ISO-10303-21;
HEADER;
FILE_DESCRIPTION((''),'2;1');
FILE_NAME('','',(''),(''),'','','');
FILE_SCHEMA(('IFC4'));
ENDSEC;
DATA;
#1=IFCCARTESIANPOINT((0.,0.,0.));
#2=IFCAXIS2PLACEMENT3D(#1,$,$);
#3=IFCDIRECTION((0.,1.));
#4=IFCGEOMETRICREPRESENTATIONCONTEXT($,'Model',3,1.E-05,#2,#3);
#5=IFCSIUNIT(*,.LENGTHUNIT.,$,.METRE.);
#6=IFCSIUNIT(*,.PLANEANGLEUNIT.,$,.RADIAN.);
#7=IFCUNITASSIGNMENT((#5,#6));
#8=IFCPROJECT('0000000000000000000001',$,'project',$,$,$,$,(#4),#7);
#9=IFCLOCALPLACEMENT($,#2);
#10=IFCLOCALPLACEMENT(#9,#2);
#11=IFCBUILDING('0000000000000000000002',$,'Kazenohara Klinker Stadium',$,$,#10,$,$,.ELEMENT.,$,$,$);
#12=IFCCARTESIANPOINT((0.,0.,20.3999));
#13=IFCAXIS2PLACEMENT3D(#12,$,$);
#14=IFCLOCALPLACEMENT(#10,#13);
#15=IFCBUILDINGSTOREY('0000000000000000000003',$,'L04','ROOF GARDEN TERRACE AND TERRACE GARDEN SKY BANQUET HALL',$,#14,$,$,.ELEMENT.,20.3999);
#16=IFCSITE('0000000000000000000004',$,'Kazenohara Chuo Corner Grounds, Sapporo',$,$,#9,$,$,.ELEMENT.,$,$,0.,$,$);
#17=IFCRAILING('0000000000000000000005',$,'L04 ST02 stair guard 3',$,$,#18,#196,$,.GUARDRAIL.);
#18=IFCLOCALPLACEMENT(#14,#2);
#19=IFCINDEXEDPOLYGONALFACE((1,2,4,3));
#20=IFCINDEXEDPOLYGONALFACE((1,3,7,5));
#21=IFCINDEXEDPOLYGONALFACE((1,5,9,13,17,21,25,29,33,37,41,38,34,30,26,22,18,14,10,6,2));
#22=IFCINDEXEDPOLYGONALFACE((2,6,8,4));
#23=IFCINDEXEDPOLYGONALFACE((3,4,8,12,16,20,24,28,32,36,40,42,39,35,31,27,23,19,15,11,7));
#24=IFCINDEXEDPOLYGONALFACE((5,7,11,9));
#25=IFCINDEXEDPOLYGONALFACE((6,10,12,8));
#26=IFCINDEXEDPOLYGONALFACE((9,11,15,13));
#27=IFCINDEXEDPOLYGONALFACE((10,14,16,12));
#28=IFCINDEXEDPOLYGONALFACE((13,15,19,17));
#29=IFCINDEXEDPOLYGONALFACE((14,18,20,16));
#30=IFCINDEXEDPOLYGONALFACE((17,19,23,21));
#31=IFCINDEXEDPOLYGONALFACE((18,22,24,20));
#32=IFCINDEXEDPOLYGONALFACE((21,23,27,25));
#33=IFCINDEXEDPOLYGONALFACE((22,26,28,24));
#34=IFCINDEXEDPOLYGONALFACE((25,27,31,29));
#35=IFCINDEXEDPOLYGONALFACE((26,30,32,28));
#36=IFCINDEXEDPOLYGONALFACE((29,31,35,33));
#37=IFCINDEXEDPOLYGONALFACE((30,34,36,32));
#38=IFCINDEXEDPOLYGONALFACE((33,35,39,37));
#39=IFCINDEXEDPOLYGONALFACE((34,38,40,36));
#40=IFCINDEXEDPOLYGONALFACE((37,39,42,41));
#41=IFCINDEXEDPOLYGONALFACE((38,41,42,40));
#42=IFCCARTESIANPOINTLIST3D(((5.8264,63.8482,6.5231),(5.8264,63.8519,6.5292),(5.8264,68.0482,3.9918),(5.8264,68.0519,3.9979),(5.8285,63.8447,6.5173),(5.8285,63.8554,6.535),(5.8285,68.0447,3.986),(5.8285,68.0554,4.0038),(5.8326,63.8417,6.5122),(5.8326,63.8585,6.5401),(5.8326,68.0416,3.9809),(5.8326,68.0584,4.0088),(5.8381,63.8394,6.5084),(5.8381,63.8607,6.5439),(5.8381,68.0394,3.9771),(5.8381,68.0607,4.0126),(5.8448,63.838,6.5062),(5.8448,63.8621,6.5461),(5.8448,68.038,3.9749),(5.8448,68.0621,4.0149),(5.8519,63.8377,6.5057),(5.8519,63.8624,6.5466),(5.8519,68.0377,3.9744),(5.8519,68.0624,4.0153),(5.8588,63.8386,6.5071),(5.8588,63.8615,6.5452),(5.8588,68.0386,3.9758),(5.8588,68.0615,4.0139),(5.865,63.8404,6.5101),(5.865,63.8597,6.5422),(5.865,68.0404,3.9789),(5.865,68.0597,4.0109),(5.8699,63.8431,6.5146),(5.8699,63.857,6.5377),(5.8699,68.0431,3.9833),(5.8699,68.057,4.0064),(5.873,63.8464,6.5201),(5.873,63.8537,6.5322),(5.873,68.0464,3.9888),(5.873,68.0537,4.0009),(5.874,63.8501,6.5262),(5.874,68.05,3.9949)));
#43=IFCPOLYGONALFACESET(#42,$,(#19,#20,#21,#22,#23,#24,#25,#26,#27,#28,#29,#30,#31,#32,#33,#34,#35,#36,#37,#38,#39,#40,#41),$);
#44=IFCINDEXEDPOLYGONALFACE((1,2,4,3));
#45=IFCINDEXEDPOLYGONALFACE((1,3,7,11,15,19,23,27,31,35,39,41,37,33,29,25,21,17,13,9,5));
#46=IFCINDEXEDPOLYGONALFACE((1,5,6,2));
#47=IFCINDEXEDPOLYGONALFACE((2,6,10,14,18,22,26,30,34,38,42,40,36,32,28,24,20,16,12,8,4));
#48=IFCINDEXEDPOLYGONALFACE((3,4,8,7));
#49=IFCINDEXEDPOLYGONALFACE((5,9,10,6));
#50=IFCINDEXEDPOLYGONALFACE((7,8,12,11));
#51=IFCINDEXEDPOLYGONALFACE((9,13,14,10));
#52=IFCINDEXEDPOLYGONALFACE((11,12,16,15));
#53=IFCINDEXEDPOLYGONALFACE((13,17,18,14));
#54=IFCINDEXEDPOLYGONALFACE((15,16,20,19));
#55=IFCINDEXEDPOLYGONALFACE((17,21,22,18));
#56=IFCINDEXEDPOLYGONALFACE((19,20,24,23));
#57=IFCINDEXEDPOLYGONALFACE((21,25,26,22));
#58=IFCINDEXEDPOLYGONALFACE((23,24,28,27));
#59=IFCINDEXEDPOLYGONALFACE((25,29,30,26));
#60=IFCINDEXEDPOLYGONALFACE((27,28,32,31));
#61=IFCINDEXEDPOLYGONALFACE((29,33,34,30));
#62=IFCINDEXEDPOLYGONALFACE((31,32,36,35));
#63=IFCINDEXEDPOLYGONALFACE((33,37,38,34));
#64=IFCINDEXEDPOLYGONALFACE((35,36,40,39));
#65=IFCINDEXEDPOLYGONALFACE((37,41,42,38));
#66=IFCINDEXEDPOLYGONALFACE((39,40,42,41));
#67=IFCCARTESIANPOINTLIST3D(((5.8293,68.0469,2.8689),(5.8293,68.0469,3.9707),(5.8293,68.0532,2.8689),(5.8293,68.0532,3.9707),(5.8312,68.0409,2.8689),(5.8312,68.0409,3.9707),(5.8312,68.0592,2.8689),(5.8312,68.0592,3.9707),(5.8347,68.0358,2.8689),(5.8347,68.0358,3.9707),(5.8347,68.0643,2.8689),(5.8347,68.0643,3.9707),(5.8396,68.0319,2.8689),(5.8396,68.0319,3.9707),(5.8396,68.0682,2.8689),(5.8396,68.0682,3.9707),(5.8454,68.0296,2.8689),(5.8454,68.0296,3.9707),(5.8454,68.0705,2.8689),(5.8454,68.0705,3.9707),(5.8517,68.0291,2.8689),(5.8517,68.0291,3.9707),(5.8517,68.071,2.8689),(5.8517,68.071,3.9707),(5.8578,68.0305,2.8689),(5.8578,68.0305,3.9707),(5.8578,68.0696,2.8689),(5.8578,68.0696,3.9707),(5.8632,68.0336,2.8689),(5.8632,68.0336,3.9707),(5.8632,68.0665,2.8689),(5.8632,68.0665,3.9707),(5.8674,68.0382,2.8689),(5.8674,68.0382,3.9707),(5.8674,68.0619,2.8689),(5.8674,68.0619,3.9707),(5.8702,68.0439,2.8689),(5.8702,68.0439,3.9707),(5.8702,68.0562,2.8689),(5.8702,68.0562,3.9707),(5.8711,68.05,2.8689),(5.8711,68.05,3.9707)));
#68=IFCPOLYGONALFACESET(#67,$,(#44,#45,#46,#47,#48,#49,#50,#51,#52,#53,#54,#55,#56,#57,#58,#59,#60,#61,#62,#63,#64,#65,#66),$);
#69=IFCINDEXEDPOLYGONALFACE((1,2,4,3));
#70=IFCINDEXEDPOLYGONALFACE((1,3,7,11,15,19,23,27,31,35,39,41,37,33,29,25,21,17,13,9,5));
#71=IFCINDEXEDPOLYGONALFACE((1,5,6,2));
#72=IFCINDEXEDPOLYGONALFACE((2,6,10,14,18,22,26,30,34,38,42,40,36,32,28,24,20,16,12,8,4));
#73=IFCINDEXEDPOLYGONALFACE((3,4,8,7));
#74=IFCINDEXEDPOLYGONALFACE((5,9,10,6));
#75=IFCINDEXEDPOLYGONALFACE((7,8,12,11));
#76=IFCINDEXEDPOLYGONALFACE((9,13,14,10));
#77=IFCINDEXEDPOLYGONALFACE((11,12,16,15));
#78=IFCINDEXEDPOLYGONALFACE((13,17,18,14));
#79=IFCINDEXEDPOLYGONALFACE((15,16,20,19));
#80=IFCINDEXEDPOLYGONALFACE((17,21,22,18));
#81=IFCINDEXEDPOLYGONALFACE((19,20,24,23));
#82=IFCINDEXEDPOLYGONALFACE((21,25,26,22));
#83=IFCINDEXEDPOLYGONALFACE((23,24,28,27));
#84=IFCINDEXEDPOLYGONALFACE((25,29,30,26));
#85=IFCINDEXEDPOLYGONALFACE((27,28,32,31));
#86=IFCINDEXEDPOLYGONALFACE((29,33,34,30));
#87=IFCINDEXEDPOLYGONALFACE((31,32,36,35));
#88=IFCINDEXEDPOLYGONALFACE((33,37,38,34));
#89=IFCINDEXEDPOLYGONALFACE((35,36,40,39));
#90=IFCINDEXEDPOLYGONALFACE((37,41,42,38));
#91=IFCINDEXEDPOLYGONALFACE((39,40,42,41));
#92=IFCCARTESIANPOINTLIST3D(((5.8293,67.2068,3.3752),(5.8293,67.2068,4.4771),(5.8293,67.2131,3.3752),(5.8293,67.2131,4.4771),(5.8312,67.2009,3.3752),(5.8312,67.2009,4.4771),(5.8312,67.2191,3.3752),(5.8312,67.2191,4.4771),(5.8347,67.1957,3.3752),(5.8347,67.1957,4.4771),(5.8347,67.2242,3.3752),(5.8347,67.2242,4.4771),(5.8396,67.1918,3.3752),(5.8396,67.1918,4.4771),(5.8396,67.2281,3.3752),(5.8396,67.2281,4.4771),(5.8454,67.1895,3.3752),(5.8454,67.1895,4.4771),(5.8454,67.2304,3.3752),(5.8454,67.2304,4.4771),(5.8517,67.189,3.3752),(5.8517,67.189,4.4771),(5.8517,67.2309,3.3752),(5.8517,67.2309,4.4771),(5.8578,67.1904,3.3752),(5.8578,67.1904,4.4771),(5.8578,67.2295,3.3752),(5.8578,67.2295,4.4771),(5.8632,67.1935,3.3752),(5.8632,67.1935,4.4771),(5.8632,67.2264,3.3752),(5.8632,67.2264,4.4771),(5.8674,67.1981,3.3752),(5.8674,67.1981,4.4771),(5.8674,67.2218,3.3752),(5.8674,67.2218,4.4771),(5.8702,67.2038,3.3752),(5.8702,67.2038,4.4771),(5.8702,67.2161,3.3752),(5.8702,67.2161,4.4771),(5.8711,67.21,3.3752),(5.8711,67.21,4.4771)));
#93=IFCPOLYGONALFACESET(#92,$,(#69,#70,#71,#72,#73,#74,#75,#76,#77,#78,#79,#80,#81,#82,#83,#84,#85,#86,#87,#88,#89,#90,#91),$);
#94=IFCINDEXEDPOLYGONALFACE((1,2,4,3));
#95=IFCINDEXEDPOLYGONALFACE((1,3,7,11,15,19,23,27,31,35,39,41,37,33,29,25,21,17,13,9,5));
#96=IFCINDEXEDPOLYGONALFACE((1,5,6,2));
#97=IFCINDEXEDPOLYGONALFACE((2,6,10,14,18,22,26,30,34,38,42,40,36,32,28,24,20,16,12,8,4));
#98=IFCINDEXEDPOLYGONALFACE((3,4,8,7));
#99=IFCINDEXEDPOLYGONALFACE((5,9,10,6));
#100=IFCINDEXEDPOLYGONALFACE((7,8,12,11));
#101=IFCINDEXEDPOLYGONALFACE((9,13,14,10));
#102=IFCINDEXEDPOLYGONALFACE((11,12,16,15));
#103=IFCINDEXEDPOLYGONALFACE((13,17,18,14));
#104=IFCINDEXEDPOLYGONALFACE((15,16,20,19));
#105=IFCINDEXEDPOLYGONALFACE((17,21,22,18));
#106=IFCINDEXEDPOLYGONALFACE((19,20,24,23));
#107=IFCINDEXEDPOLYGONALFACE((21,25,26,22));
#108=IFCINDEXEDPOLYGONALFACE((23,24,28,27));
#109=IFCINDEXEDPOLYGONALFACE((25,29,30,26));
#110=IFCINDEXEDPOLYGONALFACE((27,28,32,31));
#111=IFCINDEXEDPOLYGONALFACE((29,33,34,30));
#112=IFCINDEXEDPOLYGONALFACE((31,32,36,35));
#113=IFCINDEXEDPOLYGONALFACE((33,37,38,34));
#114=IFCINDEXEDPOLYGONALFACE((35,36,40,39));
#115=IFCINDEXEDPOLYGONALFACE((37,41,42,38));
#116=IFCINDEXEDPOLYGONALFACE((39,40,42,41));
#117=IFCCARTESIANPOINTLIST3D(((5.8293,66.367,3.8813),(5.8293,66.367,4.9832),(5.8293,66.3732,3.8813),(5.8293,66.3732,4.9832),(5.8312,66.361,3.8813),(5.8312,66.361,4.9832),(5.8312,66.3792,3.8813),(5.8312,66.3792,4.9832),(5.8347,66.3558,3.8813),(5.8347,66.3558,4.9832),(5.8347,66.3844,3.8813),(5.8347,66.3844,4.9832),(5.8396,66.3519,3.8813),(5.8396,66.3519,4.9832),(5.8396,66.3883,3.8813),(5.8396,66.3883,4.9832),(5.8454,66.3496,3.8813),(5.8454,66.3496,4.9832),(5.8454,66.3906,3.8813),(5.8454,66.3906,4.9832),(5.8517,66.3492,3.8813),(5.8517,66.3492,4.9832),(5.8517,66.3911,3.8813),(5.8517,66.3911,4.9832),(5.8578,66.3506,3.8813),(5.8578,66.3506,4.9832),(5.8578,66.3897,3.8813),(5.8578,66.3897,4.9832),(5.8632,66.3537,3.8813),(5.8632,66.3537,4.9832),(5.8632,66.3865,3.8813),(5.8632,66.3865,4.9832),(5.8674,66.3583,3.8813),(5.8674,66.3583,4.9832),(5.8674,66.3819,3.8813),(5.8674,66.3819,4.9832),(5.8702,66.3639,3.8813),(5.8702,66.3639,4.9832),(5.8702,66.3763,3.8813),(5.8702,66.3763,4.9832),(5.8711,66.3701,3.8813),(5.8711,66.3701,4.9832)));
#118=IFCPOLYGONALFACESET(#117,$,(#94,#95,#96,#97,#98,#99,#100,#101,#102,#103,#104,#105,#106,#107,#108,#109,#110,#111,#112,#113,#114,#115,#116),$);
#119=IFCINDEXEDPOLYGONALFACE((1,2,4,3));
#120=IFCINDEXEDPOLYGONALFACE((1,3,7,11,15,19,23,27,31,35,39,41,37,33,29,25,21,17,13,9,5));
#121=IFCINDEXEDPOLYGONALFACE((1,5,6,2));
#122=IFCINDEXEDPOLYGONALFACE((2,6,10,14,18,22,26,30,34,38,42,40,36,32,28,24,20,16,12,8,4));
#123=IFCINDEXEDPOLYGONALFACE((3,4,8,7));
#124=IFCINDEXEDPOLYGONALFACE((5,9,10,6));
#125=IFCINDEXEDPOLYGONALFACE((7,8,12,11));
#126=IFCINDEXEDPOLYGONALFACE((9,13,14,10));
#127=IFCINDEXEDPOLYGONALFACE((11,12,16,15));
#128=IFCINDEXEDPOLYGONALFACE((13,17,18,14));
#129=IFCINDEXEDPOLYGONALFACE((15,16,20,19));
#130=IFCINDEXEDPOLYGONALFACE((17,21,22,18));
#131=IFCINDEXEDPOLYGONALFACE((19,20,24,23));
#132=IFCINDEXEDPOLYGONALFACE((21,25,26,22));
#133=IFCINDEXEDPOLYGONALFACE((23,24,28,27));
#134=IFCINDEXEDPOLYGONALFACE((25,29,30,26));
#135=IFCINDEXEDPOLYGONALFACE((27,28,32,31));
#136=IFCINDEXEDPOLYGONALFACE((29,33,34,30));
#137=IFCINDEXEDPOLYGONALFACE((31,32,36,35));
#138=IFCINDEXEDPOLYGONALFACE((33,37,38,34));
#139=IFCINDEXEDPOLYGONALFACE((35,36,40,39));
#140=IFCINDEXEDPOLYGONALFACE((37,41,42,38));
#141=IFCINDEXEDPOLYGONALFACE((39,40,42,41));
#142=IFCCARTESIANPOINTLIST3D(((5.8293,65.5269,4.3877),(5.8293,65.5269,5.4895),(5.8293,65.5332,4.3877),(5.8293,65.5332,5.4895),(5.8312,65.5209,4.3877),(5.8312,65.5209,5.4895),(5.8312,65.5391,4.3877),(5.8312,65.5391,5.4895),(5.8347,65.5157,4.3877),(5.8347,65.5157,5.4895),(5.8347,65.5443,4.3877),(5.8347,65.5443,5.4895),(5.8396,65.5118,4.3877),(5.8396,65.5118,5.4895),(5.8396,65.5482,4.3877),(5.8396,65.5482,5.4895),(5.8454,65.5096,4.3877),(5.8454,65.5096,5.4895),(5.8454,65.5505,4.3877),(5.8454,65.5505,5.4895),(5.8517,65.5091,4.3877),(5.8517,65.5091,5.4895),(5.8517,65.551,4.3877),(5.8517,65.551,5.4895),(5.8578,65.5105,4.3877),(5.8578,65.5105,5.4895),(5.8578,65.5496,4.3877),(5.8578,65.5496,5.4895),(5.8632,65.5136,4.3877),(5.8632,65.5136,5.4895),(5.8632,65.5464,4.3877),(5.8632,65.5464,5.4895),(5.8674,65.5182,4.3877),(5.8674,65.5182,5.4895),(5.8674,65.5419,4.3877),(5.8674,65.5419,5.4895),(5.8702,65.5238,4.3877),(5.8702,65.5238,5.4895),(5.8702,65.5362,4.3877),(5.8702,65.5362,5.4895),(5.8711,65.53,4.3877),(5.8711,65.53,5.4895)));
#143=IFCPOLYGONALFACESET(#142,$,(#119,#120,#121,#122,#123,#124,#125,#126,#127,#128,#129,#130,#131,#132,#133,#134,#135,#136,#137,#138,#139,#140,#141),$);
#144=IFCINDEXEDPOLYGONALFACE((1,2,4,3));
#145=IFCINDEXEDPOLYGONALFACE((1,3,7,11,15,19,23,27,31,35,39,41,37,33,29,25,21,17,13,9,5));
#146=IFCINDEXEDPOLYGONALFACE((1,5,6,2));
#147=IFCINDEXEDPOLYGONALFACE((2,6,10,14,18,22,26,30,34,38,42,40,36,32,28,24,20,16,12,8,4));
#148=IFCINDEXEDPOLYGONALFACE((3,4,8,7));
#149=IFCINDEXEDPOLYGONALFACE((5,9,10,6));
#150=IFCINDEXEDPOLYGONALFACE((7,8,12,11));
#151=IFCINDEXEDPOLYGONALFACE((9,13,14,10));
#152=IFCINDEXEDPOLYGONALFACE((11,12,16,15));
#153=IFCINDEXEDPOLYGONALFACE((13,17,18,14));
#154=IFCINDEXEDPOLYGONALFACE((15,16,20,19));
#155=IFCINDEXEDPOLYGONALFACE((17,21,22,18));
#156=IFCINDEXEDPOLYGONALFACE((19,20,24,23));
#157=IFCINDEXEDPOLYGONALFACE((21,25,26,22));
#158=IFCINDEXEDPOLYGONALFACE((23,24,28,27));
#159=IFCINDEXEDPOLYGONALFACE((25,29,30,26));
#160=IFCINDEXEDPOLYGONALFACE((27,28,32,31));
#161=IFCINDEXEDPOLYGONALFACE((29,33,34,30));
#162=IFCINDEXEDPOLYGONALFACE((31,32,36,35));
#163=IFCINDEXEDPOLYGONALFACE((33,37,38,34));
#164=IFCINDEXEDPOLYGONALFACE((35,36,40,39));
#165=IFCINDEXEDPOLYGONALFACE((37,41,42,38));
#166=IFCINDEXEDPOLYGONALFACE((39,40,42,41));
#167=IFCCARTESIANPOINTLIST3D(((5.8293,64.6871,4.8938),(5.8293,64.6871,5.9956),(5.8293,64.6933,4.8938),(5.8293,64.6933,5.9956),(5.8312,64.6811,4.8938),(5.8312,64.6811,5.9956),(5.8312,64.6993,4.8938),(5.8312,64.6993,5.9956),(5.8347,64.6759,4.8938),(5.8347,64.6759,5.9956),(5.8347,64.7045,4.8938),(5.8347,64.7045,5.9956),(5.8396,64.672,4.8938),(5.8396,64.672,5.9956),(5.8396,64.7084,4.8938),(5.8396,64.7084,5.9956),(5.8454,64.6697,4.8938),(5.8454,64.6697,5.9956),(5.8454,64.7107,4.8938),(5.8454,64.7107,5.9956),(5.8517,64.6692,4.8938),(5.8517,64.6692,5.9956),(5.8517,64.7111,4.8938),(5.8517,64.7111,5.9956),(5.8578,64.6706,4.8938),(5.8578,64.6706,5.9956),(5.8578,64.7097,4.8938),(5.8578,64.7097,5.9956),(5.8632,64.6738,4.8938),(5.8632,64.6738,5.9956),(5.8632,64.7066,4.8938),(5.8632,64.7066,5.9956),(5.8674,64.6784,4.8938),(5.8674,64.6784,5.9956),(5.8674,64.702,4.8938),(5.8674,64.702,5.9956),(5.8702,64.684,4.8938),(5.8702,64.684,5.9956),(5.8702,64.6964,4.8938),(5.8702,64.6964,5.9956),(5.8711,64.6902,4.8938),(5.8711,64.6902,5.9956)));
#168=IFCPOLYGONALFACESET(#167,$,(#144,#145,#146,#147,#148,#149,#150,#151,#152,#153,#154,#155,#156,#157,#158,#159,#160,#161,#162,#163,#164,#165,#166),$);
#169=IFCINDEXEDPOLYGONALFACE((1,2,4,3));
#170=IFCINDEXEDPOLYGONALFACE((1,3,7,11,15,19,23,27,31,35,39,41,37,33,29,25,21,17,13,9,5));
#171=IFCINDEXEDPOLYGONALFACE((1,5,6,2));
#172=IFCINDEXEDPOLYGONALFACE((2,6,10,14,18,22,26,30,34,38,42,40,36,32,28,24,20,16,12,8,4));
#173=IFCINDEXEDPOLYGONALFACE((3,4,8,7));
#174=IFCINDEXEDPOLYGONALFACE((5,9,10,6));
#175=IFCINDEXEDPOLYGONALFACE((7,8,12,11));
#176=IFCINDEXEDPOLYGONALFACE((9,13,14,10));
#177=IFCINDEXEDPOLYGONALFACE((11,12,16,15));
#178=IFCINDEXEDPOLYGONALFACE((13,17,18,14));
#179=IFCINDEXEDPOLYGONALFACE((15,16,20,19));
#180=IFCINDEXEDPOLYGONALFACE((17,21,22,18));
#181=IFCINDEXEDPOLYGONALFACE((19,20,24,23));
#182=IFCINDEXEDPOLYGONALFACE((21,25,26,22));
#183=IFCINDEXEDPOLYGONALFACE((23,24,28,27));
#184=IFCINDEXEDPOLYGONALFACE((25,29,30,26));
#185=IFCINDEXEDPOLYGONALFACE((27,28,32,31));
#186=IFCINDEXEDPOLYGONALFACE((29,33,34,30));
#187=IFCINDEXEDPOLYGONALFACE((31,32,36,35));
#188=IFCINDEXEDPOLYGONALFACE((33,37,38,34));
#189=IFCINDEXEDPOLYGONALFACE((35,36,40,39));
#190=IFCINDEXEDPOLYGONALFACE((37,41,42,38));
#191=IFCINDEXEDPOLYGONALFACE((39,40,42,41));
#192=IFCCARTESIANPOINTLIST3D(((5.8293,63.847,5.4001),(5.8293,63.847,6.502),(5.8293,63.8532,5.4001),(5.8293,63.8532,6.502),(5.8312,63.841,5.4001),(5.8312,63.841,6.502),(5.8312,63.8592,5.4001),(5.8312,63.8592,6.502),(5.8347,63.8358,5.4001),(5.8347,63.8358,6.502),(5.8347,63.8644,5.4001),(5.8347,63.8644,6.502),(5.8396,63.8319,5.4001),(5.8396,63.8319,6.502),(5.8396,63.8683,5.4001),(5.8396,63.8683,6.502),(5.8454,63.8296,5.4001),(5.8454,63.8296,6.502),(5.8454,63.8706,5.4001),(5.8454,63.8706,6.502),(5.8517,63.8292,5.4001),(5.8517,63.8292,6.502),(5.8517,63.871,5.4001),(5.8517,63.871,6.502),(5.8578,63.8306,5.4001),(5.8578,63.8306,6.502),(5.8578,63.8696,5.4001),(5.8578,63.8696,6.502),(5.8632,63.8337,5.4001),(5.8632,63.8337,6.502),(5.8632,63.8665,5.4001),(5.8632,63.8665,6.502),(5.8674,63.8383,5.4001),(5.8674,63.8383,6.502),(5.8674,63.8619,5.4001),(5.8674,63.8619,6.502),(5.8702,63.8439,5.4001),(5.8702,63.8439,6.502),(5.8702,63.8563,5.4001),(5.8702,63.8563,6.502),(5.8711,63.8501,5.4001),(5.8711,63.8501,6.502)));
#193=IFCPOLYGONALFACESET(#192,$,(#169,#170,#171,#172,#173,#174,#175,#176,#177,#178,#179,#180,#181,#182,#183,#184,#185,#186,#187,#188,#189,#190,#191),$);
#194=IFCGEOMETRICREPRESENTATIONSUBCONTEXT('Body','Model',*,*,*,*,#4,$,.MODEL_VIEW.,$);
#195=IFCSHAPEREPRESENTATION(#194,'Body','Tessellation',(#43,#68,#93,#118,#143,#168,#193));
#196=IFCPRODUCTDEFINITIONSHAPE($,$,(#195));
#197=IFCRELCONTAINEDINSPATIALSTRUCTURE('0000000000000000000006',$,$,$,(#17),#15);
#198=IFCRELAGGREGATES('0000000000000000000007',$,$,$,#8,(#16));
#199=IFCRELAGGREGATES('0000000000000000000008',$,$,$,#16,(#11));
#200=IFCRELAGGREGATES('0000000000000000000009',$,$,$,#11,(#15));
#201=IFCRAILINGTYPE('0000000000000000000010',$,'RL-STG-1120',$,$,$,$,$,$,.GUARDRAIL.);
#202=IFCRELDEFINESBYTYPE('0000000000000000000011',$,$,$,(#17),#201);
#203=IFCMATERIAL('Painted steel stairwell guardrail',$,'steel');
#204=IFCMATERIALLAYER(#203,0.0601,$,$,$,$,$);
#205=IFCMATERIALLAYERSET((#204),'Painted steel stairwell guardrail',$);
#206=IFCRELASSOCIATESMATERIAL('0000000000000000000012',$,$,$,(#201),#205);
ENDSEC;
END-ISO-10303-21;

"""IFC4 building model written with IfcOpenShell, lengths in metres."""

from ifc_helpers import new_model, si_unit, direction, frame, origin, origin_2d, place, context, subcontext, project, spatial, circle, extrude, material, layer, layer_set, type_object, element, save


model = new_model("IFC4")

# Units and contexts
model_context = context("Model", 3, precision=1e-05, world=origin(), true_north=direction((0.0, 1.0)))
body_context = subcontext(model_context, "Body", "Model", "MODEL_VIEW")
ifc_project = project(units=[si_unit("LENGTHUNIT", "METRE"), si_unit("PLANEANGLEUNIT", "RADIAN")], contexts=[model_context])

# Site, building, storey
site_placement = place(None, origin())
site = spatial("IfcSite", under=ifc_project, at=site_placement, Name="Kazenohara Chuo Corner Grounds, Sapporo", CompositionType="ELEMENT", RefElevation=0.0)
building_placement = place(site_placement, origin())
building = spatial("IfcBuilding", under=site, at=building_placement, Name="Kazenohara Klinker Stadium", CompositionType="ELEMENT")
storey_placement = place(building_placement, frame((0.0, 0.0, 20.3999)))
storey = spatial("IfcBuildingStorey", under=building, at=storey_placement, Name="L04", Description="ROOF GARDEN TERRACE AND TERRACE GARDEN SKY BANQUET HALL", CompositionType="ELEMENT", Elevation=20.3999)

# Railing
ifc_material_1 = material(Name="Painted steel stairwell guardrail", Category="steel")
ifc_layer_1 = layer(ifc_material_1, 0.0601)
ifc_layer_set_1 = layer_set([ifc_layer_1], Name="Painted steel stairwell guardrail")
railing_type_1 = type_object("IfcRailingType", Name="RL-STG-1120", PredefinedType="GUARDRAIL", material=ifc_layer_set_1)
railing_1_placement = place(storey_placement, frame((5.8501, 68.05, 2.8689)))
element("IfcRailing", 1, at=railing_1_placement, inside=storey, type_object=railing_type_1, Name="L04 ST02 stair guard 3", PredefinedType="GUARDRAIL", context=body_context, shape_type="SweptSolid", body=[
    extrude(circle(Radius=0.0239, at=origin_2d()), frame((0.0, 0.0, 1.126), z_axis=(0.0, -0.856476, 0.516186), x_axis=(1.0, 0.0, 0.0)), (0.0, 0.0, 1.0), 4.9038),
    extrude(circle(Radius=0.021, at=origin_2d()), origin(), (0.0, 0.0, 1.0), 1.1018),
    extrude(circle(Radius=0.021, at=origin_2d()), frame((0.0, -0.8401, 0.5063)), (0.0, 0.0, 1.0), 1.1018),
    extrude(circle(Radius=0.021, at=origin_2d()), frame((0.0, -1.6799, 1.0125)), (0.0, 0.0, 1.0), 1.1018),
    extrude(circle(Radius=0.021, at=origin_2d()), frame((0.0, -2.52, 1.5188)), (0.0, 0.0, 1.0), 1.1018),
    extrude(circle(Radius=0.021, at=origin_2d()), frame((0.0, -3.3599, 2.0249)), (0.0, 0.0, 1.0), 1.1018),
    extrude(circle(Radius=0.021, at=origin_2d()), frame((0.0, -4.2, 2.5312)), (0.0, 0.0, 1.0), 1.1018),
])

save(model, "model.ifc")
